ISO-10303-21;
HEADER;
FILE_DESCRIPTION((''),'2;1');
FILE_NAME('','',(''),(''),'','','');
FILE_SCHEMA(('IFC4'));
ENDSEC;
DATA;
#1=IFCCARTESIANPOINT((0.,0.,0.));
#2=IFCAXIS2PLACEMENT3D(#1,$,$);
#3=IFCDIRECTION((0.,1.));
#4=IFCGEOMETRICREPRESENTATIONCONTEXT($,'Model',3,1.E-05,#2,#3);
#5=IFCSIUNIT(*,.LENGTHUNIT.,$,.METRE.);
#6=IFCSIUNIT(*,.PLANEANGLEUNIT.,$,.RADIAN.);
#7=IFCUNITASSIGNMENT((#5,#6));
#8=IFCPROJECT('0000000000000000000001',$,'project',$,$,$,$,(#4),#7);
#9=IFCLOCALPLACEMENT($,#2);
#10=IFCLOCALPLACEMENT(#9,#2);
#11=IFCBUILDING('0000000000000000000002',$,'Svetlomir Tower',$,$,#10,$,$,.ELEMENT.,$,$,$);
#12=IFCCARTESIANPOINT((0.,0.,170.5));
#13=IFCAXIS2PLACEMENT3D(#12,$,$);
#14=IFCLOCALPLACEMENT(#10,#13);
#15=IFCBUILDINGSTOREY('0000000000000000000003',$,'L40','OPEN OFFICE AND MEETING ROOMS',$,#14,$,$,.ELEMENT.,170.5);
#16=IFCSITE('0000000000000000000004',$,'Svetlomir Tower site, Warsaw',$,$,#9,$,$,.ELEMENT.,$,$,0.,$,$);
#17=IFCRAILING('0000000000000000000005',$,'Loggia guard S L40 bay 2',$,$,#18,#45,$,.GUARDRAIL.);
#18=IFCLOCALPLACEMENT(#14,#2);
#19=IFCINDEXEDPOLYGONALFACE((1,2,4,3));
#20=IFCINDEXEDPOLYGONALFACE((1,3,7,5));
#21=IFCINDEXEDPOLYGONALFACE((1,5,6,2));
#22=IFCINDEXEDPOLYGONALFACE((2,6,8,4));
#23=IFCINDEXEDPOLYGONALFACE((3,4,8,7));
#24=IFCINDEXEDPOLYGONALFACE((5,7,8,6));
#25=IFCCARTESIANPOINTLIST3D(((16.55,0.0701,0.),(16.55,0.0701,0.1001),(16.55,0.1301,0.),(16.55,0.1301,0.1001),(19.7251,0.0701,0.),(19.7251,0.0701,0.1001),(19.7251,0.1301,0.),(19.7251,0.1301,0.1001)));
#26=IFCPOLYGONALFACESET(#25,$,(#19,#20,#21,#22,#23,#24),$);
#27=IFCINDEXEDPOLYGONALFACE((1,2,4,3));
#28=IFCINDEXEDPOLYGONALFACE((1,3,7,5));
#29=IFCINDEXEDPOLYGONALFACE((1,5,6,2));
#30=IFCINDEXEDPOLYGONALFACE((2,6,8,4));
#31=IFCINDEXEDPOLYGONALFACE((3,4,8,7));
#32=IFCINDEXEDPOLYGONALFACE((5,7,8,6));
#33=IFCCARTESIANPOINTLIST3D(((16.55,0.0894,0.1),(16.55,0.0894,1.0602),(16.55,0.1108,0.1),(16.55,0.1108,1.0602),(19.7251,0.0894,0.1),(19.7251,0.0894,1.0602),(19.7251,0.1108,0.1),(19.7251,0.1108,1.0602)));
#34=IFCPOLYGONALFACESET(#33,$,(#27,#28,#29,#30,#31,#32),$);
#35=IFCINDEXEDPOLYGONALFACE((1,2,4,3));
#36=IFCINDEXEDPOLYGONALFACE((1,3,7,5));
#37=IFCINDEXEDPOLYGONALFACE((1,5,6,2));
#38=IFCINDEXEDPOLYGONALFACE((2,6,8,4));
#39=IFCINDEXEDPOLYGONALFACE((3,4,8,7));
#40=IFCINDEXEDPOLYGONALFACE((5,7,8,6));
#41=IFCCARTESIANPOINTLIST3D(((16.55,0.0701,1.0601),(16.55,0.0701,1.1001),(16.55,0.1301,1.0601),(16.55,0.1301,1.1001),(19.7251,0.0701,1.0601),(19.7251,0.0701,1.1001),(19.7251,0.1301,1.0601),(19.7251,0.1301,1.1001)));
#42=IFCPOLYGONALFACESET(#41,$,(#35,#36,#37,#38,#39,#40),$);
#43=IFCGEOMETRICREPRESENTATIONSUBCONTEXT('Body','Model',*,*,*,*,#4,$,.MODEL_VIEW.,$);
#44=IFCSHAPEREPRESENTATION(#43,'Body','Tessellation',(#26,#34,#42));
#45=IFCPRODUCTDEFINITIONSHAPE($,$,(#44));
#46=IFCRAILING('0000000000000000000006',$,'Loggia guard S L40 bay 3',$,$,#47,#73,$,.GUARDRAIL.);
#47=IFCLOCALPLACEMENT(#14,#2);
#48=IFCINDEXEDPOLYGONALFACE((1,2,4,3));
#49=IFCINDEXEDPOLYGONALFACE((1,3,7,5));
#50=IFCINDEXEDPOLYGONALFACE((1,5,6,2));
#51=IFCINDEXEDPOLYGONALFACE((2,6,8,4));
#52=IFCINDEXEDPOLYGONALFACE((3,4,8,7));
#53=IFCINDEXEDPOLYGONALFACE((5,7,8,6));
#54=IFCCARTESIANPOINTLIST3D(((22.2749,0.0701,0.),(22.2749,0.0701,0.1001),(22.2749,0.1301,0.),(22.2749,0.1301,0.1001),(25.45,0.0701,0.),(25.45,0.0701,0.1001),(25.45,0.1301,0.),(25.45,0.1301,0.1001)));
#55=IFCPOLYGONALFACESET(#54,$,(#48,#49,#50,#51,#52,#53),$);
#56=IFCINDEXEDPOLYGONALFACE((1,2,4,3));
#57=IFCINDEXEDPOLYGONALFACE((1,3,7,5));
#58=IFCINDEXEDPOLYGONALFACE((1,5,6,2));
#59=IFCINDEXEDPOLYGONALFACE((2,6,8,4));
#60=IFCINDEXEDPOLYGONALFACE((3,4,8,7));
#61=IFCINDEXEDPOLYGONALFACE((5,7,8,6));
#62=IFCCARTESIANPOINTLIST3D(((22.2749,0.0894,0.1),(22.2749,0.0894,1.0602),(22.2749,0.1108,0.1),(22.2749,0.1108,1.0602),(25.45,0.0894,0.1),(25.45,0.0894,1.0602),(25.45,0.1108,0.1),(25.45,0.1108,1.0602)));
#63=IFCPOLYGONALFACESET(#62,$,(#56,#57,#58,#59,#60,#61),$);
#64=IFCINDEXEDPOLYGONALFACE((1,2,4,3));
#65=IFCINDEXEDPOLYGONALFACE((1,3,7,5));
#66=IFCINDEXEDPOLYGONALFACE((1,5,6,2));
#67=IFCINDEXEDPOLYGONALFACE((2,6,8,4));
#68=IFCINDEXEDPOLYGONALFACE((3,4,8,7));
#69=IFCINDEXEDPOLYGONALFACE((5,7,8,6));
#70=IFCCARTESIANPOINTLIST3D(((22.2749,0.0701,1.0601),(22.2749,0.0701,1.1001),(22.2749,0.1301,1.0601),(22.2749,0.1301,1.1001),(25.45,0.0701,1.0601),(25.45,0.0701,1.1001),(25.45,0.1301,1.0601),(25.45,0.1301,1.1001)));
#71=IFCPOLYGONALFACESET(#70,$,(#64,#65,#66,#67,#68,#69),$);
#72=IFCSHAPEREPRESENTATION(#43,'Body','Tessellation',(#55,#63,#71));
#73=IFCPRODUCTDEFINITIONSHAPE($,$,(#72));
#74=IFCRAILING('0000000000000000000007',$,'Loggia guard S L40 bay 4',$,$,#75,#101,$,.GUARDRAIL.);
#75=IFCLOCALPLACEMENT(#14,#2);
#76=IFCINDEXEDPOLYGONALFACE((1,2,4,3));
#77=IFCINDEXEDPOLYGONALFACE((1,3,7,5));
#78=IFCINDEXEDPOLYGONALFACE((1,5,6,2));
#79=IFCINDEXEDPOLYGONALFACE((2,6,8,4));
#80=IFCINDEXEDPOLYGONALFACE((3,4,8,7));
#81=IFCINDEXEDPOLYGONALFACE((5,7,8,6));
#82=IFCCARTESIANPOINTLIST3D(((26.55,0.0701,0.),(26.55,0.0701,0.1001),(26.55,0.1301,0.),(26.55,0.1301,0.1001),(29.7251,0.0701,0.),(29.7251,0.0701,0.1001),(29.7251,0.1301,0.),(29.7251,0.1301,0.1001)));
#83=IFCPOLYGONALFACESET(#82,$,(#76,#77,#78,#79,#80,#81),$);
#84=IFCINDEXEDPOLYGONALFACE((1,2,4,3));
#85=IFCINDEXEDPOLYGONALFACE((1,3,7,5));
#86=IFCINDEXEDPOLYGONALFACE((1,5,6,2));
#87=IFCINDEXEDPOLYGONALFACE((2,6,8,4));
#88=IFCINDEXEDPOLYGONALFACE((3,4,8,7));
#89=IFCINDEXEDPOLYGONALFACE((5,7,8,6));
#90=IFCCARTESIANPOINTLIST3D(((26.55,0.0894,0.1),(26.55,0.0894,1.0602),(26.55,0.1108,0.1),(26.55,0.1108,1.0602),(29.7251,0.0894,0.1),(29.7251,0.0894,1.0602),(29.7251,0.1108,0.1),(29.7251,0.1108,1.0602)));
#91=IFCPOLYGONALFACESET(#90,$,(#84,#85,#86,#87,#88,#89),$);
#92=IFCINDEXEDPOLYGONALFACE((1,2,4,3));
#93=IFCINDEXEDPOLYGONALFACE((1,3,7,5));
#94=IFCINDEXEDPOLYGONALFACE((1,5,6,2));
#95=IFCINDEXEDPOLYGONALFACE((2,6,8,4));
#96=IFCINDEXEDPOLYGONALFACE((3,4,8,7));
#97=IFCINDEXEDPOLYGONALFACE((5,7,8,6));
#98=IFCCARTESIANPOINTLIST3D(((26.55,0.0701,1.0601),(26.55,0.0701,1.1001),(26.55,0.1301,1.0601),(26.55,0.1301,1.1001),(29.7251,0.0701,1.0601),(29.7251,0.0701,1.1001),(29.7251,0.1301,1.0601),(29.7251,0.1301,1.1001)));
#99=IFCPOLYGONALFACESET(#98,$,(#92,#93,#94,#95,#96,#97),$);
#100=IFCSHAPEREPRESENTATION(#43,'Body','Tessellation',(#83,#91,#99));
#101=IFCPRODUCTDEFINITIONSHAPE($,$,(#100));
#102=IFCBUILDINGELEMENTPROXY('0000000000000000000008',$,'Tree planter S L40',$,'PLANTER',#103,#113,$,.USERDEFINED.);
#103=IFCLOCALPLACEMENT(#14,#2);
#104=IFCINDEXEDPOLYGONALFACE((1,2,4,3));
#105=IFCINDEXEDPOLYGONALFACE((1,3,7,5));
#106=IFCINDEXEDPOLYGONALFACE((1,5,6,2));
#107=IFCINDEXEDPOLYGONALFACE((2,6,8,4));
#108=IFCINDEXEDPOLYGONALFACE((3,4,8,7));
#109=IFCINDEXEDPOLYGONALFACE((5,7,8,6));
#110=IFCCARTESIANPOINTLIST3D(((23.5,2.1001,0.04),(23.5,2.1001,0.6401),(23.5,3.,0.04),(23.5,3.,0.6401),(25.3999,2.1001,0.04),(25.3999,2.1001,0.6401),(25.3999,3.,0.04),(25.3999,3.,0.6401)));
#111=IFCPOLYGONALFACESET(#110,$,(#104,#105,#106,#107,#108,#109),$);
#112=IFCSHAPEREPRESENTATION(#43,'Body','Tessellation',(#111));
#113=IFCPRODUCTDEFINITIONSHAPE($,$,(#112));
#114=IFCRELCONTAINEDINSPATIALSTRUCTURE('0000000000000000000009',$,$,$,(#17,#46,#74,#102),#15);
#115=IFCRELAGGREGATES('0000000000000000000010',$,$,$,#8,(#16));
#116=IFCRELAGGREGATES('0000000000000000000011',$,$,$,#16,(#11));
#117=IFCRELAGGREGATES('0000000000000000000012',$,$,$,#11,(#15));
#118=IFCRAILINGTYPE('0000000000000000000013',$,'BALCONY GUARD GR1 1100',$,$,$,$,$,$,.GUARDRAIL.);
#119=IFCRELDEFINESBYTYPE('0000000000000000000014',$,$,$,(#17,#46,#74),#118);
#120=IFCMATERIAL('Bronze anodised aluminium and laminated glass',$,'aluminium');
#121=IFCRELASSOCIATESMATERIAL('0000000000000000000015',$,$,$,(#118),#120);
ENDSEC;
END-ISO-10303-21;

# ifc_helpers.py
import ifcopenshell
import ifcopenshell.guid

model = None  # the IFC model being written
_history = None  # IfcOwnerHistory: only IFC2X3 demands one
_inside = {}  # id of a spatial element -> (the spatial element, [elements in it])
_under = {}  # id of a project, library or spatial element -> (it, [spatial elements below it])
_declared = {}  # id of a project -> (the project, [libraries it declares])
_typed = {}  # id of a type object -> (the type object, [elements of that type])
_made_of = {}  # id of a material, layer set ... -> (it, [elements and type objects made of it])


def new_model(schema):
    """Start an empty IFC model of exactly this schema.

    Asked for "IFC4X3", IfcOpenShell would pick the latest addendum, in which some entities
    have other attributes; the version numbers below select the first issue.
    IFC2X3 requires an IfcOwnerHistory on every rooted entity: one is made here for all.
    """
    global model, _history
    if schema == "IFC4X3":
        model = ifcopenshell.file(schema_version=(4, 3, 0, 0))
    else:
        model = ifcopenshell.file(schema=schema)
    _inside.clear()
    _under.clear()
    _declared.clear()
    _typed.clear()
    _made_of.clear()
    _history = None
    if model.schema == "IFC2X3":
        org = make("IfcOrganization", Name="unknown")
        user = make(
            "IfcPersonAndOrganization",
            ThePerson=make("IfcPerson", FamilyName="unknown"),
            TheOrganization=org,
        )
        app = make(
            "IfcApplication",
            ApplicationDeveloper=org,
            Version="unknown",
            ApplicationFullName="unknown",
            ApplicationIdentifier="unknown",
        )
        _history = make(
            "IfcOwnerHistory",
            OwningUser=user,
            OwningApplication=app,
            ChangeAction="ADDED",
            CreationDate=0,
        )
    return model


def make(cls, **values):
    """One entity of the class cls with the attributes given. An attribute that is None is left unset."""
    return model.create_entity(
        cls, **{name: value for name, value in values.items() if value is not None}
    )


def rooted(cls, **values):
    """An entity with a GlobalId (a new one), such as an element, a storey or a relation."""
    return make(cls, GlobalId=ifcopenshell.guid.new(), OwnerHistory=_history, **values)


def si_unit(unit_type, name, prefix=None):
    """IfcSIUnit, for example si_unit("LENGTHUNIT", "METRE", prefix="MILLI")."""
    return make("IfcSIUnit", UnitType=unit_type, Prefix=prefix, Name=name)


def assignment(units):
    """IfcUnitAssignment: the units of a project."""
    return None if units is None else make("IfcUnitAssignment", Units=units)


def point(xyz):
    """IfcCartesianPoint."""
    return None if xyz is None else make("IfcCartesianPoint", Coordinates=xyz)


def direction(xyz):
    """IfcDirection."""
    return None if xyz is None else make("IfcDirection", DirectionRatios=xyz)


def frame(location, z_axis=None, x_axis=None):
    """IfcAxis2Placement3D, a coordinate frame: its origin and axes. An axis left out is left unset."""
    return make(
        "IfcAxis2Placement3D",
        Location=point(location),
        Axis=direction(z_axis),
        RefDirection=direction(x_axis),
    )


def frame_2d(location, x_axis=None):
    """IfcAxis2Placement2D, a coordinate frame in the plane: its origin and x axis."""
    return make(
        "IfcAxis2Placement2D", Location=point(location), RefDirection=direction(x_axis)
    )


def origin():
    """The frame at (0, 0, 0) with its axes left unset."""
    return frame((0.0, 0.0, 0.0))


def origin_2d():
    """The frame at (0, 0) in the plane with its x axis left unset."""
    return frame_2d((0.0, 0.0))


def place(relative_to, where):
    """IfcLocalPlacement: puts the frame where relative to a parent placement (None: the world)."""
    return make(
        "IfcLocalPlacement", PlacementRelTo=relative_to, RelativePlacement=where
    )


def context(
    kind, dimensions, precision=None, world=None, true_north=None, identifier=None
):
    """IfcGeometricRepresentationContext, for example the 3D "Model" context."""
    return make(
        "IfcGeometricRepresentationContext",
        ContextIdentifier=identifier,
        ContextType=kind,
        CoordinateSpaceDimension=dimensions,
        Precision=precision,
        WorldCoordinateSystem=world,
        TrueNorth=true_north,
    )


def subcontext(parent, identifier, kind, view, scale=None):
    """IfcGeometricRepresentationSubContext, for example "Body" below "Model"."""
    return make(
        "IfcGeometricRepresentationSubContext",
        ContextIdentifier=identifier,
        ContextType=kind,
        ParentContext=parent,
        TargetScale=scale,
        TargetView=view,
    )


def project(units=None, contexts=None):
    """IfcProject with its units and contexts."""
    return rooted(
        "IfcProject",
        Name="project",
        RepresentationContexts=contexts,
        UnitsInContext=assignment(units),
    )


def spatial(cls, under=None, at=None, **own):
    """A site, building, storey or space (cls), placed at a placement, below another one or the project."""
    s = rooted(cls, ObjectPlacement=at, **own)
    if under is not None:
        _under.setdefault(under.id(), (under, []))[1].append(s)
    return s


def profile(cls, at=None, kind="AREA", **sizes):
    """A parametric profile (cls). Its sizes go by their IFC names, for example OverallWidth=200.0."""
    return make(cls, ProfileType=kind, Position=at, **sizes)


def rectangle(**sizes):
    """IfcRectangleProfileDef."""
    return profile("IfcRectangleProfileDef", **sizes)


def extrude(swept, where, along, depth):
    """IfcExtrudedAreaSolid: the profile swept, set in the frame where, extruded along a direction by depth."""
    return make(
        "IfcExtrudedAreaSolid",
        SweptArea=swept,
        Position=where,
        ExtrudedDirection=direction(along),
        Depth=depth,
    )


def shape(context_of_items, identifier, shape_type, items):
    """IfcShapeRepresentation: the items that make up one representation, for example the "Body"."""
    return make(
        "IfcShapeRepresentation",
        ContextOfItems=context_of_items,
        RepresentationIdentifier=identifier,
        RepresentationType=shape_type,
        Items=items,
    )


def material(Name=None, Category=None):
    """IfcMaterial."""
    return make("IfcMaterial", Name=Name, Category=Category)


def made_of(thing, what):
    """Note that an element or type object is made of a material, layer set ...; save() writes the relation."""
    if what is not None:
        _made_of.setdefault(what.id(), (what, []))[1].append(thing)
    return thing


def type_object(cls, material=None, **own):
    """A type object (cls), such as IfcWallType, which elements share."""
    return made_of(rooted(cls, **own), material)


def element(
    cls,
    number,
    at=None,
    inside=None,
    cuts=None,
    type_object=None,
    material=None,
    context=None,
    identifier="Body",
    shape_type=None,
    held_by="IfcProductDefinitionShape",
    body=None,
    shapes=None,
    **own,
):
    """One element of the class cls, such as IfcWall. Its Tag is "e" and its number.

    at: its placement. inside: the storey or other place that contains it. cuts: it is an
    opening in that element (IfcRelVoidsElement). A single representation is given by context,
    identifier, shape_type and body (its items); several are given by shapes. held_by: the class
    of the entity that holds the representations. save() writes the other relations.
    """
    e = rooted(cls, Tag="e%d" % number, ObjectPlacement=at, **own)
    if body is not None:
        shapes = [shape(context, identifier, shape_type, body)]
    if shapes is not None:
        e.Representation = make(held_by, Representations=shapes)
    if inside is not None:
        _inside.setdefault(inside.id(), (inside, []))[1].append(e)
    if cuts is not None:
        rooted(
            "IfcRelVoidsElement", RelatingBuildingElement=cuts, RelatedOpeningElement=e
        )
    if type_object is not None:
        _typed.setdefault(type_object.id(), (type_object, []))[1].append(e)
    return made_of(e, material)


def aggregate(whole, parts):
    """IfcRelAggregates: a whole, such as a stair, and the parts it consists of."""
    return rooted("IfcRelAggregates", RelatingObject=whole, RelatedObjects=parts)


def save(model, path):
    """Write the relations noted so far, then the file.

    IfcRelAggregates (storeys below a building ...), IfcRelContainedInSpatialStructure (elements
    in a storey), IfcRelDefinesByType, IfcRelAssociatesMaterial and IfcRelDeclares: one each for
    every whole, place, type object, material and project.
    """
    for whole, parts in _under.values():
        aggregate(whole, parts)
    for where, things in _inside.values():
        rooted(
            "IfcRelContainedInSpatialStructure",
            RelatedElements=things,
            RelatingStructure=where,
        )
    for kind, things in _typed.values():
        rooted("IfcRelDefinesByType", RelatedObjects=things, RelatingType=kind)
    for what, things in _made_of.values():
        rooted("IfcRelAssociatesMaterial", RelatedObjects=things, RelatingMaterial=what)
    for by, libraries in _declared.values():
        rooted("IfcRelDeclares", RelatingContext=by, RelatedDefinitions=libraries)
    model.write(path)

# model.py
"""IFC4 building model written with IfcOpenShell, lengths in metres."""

from ifc_helpers import new_model, si_unit, direction, frame, origin, origin_2d, place, context, subcontext, project, spatial, rectangle, extrude, material, type_object, element, save


model = new_model("IFC4")

# Units and contexts
model_context = context("Model", 3, precision=1e-05, world=origin(), true_north=direction((0.0, 1.0)))
body_context = subcontext(model_context, "Body", "Model", "MODEL_VIEW")
ifc_project = project(units=[si_unit("LENGTHUNIT", "METRE"), si_unit("PLANEANGLEUNIT", "RADIAN")], contexts=[model_context])

# Site, building, storey
site_placement = place(None, origin())
site = spatial("IfcSite", under=ifc_project, at=site_placement, Name="Svetlomir Tower site, Warsaw", CompositionType="ELEMENT", RefElevation=0.0)
building_placement = place(site_placement, origin())
building = spatial("IfcBuilding", under=site, at=building_placement, Name="Svetlomir Tower", CompositionType="ELEMENT")
storey_placement = place(building_placement, frame((0.0, 0.0, 170.5)))
storey = spatial("IfcBuildingStorey", under=building, at=storey_placement, Name="L40", Description="OPEN OFFICE AND MEETING ROOMS", CompositionType="ELEMENT", Elevation=170.5)

# Railings
ifc_material_1 = material(Name="Bronze anodised aluminium and laminated glass", Category="aluminium")
railing_type = type_object("IfcRailingType", Name="BALCONY GUARD GR1 1100", PredefinedType="GUARDRAIL", material=ifc_material_1)
for number, where, name in (
    (1, (16.55, 0.1001, 0.0), "Loggia guard S L40 bay 2"),
    (2, (22.2749, 0.1001, 0.0), "Loggia guard S L40 bay 3"),
    (3, (26.55, 0.1001, 0.0), "Loggia guard S L40 bay 4"),
):
    element("IfcRailing", number, at=place(storey_placement, frame(where)), inside=storey, type_object=railing_type, Name=name, PredefinedType="GUARDRAIL", context=body_context, shape_type="SweptSolid", body=[
        extrude(rectangle(XDim=0.0601, YDim=0.1001, at=origin_2d()), frame((0.0, 0.0, 0.05), z_axis=(1.0, 0.0, 0.0), x_axis=(0.0, 1.0, 0.0)), (0.0, 0.0, 1.0), 3.175),
        extrude(rectangle(XDim=0.0215, YDim=0.9602, at=origin_2d()), frame((0.0, 0.0, 0.5801), z_axis=(1.0, 0.0, 0.0), x_axis=(0.0, 1.0, 0.0)), (0.0, 0.0, 1.0), 3.175),
        extrude(rectangle(XDim=0.0601, YDim=0.04, at=origin_2d()), frame((0.0, 0.0, 1.0801), z_axis=(1.0, 0.0, 0.0), x_axis=(0.0, 1.0, 0.0)), (0.0, 0.0, 1.0), 3.175),
    ])

# Building element proxy
proxy_placement = place(storey_placement, frame((24.45, 2.55, 0.04), z_axis=(0.0, 0.0, 1.0), x_axis=(1.0, 0.0, 0.0)))
element("IfcBuildingElementProxy", 4, at=proxy_placement, inside=storey, Name="Tree planter S L40", ObjectType="PLANTER", PredefinedType="USERDEFINED", context=body_context, shape_type="SweptSolid", body=[
    extrude(rectangle(XDim=1.8999, YDim=0.8999, at=origin_2d()), origin(), (0.0, 0.0, 1.0), 0.6001),
])

save(model, "model.ifc")
